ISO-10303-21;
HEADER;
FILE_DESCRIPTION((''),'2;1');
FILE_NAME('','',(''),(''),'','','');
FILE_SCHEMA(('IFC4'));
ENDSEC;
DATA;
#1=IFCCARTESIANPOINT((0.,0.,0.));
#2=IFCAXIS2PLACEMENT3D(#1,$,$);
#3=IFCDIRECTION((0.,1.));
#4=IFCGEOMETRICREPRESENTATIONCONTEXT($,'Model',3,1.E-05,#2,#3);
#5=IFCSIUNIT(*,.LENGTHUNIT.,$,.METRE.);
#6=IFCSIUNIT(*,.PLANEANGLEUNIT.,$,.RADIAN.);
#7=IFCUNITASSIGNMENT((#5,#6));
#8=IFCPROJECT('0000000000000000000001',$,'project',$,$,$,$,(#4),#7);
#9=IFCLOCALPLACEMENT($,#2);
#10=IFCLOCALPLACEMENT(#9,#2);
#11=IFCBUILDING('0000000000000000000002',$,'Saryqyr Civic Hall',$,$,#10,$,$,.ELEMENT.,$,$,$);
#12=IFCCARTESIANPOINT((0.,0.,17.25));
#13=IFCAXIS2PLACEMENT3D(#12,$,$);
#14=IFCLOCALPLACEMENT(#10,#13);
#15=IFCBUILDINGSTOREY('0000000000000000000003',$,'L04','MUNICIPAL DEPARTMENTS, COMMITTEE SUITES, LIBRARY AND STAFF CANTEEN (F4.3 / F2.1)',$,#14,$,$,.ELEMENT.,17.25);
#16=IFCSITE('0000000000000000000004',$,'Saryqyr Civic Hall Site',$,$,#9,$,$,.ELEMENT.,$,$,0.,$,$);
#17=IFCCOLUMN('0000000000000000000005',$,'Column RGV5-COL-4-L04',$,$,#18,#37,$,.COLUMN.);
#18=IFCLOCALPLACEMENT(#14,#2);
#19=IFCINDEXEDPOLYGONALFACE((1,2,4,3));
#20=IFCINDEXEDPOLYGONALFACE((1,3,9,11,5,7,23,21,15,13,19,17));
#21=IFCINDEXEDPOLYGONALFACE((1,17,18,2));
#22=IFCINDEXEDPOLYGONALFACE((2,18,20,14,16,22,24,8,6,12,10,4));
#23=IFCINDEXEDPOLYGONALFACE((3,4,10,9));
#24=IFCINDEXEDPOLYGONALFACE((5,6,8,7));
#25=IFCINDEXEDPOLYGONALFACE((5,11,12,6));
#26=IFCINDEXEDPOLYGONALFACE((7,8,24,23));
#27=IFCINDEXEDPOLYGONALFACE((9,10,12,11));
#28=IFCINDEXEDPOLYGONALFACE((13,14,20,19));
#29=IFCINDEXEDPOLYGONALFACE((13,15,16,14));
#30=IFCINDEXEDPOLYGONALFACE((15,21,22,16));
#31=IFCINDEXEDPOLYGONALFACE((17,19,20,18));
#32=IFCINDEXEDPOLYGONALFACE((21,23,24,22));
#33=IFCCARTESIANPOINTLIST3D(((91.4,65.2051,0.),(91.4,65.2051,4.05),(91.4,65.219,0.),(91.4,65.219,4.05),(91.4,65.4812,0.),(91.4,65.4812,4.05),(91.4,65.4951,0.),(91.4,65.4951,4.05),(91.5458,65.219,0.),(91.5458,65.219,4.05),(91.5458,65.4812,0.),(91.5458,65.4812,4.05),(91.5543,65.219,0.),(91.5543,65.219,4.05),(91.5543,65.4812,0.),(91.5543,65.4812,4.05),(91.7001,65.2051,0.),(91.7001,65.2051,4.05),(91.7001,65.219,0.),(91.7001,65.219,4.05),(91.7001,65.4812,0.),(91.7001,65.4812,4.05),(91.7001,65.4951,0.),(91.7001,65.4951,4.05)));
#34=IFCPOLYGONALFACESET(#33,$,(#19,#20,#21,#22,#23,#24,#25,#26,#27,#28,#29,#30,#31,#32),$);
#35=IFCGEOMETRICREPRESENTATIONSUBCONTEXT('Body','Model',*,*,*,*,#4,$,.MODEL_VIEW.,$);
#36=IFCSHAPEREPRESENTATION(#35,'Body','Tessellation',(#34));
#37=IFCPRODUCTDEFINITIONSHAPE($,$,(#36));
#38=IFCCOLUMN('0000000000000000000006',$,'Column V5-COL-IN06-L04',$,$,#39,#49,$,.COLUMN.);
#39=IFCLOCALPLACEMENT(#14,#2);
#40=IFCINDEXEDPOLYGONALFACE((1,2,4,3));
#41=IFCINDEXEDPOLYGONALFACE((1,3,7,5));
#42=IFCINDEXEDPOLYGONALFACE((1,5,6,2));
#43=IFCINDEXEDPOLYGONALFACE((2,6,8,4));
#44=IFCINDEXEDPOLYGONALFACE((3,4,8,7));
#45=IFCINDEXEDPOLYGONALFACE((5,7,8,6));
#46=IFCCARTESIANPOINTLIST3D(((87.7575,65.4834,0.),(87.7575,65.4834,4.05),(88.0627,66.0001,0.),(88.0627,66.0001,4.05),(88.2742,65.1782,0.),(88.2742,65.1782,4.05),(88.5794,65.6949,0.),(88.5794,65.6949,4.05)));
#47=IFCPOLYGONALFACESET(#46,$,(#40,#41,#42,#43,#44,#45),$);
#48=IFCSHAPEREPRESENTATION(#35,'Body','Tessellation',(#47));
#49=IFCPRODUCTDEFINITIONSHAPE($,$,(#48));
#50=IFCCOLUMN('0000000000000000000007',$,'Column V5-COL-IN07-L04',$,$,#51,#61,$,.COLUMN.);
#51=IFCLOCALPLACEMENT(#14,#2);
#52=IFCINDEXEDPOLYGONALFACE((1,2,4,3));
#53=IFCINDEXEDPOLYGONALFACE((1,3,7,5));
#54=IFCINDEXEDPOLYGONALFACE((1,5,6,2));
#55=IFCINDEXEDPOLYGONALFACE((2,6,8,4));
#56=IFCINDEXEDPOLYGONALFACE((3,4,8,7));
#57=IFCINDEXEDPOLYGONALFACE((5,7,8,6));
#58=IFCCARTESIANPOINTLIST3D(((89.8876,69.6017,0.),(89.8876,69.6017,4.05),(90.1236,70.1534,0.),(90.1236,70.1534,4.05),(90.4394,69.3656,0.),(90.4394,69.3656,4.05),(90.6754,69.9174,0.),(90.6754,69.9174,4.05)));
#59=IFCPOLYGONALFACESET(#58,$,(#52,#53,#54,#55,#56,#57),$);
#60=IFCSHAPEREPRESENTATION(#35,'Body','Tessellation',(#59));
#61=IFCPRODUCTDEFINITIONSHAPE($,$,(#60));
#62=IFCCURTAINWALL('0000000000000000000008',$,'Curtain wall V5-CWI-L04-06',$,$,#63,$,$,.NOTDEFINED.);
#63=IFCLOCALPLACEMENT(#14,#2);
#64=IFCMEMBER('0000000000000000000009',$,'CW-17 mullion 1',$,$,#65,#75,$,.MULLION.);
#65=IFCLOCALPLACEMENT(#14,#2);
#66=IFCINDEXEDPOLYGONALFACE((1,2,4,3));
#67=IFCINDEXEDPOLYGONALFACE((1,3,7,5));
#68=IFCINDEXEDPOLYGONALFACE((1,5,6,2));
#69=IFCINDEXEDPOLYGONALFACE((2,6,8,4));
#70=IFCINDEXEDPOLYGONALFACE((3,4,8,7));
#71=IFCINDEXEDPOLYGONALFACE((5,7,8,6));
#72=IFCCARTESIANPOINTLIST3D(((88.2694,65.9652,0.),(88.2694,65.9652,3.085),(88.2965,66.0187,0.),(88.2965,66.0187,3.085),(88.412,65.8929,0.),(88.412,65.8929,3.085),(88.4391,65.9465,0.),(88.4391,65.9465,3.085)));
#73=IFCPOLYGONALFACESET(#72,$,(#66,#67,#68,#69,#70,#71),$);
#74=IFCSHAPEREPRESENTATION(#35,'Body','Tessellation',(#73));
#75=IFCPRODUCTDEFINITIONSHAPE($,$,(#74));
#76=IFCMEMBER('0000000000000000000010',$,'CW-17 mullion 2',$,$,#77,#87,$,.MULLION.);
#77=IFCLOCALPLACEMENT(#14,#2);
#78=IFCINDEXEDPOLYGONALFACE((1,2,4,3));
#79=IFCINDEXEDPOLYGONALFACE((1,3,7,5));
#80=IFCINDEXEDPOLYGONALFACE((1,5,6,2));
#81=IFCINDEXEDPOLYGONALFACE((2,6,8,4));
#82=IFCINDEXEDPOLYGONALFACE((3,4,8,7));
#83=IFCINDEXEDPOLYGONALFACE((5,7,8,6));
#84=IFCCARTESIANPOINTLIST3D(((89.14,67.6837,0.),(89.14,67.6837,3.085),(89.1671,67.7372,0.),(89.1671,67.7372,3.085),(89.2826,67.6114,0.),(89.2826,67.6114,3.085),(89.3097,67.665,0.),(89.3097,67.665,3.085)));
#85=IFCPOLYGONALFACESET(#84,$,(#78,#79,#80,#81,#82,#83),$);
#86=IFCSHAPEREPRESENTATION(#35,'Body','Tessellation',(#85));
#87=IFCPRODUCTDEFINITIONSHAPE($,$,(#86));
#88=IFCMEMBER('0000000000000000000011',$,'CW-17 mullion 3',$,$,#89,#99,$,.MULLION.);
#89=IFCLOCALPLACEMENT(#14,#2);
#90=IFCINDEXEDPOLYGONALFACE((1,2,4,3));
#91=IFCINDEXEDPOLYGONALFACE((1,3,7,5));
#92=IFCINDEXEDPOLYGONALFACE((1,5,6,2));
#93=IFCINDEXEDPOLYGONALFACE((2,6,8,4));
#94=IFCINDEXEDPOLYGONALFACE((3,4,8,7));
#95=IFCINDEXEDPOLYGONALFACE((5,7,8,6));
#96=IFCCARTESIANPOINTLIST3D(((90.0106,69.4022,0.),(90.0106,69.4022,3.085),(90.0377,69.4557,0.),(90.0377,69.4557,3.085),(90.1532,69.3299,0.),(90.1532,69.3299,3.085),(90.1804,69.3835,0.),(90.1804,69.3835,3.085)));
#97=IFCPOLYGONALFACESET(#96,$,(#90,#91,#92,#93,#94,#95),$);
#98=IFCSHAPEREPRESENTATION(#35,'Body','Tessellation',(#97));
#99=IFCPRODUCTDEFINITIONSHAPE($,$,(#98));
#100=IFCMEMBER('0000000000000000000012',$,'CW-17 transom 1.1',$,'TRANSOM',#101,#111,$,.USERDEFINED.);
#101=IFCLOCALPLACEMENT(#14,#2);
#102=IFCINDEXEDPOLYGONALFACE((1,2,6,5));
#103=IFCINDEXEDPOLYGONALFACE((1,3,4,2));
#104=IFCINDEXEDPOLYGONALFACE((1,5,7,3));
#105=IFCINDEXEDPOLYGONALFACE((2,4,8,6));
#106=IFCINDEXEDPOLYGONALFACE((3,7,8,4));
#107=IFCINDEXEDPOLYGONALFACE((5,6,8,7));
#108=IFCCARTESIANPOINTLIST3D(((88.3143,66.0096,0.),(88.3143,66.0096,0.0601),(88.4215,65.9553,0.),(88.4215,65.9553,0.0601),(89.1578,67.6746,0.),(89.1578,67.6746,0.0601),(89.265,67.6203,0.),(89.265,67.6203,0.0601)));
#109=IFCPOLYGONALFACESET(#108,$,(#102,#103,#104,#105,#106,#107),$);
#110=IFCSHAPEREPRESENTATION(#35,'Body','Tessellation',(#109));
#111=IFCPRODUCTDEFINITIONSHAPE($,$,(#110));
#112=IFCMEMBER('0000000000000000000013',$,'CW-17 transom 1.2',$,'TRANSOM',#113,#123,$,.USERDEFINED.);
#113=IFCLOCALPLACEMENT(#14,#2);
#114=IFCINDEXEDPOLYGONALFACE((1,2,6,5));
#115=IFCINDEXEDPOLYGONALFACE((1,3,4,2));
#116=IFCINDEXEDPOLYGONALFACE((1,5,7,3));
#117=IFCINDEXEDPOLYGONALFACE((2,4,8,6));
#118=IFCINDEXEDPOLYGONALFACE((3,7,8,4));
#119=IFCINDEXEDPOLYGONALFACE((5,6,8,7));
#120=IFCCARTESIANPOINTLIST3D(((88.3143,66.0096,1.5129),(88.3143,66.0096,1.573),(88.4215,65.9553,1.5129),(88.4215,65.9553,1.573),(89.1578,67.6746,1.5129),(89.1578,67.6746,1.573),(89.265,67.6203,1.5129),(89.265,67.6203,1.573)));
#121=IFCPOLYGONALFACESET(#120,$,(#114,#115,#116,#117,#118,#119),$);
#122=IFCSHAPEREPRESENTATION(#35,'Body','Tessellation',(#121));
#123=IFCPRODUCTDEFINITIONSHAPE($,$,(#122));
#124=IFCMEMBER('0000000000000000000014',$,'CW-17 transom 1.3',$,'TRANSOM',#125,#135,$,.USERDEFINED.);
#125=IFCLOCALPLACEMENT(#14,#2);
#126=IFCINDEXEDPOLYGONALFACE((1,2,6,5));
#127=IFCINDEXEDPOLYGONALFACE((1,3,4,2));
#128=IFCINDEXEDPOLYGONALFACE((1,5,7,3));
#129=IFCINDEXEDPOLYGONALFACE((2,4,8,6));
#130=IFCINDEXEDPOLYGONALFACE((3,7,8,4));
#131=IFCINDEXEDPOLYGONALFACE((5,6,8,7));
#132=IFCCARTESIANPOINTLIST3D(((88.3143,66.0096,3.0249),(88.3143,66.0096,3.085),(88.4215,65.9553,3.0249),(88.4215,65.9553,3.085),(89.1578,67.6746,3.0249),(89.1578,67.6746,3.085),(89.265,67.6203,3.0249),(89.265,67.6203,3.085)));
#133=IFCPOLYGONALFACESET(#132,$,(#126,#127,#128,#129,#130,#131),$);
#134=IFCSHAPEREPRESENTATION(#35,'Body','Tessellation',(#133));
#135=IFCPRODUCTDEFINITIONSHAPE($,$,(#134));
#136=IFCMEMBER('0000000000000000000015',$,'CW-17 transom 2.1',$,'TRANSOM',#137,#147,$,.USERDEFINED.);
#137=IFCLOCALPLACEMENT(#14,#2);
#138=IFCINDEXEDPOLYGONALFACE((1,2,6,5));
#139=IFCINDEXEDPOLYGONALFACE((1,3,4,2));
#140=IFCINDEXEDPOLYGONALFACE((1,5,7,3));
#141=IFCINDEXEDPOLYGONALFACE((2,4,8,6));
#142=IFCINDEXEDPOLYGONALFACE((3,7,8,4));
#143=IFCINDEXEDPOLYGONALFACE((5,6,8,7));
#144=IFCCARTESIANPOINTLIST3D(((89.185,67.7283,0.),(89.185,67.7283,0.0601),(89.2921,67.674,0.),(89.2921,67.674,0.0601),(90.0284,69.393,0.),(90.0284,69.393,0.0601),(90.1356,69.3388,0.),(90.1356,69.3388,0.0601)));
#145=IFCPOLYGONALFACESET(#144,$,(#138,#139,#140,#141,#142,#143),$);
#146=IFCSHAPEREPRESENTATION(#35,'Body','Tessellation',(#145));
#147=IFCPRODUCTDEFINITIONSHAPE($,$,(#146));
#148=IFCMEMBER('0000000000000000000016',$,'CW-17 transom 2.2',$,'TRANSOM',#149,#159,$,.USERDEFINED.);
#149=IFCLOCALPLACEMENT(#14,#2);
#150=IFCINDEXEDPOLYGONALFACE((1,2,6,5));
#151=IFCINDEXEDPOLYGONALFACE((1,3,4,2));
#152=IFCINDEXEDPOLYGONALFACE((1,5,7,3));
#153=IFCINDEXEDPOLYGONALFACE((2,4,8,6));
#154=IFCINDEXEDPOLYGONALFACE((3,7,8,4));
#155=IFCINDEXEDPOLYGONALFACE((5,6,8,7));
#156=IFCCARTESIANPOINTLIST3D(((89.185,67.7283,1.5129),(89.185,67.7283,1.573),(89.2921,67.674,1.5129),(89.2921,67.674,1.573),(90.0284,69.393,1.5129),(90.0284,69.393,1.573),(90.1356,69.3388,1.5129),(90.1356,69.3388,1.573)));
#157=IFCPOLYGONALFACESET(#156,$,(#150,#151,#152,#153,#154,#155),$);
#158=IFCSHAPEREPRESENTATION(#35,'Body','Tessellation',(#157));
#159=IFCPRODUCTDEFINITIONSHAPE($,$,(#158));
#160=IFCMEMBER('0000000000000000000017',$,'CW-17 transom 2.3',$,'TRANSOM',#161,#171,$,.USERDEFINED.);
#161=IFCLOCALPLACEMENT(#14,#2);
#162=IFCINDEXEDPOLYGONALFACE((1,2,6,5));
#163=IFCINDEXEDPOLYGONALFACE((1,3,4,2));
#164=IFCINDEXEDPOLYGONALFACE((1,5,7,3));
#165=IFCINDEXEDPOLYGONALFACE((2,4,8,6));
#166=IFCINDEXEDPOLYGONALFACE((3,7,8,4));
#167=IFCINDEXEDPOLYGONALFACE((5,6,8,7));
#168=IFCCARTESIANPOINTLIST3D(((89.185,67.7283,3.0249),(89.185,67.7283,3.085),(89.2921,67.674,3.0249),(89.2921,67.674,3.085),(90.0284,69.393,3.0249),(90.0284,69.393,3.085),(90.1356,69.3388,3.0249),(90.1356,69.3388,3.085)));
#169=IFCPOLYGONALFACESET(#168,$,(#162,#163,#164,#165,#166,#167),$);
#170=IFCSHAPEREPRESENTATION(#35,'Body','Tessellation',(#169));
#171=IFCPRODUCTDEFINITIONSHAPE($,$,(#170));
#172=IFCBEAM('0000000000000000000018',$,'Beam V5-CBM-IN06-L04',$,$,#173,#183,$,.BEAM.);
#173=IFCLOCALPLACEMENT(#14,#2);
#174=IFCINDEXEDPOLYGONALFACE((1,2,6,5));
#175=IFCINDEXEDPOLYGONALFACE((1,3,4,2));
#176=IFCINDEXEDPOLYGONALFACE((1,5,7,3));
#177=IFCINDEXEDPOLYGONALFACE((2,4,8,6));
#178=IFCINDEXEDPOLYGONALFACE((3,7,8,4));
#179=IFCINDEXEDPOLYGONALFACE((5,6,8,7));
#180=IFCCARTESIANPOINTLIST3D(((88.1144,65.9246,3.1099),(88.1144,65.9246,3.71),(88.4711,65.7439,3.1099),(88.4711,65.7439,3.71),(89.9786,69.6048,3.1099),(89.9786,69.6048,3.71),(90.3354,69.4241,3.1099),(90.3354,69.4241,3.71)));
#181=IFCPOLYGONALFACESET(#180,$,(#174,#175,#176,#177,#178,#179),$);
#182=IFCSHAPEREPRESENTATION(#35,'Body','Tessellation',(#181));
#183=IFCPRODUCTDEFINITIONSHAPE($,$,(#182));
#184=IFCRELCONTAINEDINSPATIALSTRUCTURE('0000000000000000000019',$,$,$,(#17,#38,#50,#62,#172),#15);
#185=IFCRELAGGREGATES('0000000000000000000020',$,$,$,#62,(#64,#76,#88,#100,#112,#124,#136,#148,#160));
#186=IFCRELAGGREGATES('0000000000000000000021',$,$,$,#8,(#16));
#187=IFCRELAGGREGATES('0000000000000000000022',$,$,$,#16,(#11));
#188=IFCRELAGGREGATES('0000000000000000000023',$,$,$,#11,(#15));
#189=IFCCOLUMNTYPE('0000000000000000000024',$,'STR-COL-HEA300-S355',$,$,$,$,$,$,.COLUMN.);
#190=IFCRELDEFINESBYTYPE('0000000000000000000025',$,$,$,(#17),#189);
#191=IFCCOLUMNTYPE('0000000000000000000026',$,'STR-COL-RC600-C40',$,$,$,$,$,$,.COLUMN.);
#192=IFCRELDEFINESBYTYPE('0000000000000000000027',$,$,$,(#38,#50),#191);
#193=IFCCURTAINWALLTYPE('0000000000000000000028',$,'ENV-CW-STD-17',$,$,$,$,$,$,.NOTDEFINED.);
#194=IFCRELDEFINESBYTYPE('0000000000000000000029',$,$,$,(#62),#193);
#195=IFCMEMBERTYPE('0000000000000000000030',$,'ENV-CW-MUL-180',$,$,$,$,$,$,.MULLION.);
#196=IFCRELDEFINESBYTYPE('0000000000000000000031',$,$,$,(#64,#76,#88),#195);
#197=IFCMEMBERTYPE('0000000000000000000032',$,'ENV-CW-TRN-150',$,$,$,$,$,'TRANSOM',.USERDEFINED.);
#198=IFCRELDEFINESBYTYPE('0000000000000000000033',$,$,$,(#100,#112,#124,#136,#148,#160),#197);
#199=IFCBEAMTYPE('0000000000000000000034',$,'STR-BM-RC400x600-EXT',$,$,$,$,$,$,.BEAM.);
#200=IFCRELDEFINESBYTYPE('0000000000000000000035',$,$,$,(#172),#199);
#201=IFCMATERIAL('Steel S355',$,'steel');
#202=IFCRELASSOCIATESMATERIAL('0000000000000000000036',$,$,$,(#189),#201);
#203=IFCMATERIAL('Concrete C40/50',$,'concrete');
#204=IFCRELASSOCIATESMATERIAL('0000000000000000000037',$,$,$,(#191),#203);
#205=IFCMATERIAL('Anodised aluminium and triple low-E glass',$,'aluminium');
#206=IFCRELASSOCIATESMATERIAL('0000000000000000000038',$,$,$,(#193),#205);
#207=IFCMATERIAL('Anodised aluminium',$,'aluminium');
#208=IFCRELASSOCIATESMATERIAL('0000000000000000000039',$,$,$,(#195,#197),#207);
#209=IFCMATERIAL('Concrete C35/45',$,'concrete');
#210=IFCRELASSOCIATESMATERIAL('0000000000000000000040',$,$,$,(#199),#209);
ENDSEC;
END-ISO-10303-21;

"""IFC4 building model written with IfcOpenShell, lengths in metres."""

from ifc_helpers import new_model, si_unit, direction, frame, origin, origin_2d, place, context, subcontext, project, spatial, rectangle, i_section, extrude, material, material_profile, profile_set, type_object, element, aggregate, save


model = new_model("IFC4")

# Units and contexts
model_context = context("Model", 3, precision=1e-05, world=origin(), true_north=direction((0.0, 1.0)))
body_context = subcontext(model_context, "Body", "Model", "MODEL_VIEW")
ifc_project = project(units=[si_unit("LENGTHUNIT", "METRE"), si_unit("PLANEANGLEUNIT", "RADIAN")], contexts=[model_context])

# Site, building, storey
site_placement = place(None, origin())
site = spatial("IfcSite", under=ifc_project, at=site_placement, Name="Saryqyr Civic Hall Site", CompositionType="ELEMENT", RefElevation=0.0)
building_placement = place(site_placement, origin())
building = spatial("IfcBuilding", under=site, at=building_placement, Name="Saryqyr Civic Hall", CompositionType="ELEMENT")
storey_placement = place(building_placement, frame((0.0, 0.0, 17.25)))
storey = spatial("IfcBuildingStorey", under=building, at=storey_placement, Name="L04", Description="MUNICIPAL DEPARTMENTS, COMMITTEE SUITES, LIBRARY AND STAFF CANTEEN (F4.3 / F2.1)", CompositionType="ELEMENT", Elevation=17.25)

# Columns
ifc_material_1 = material(Name="Steel S355", Category="steel")
ifc_material_profile_1 = material_profile(ifc_material_1, i_section(OverallWidth=0.3, OverallDepth=0.29, WebThickness=0.0085, FlangeThickness=0.0139, at=origin_2d()), Name="HEA 300")
ifc_profile_set_1 = profile_set([ifc_material_profile_1], Name="Steel S355")
column_type_1 = type_object("IfcColumnType", Name="STR-COL-HEA300-S355", PredefinedType="COLUMN", material=ifc_profile_set_1)
column_placement = place(storey_placement, frame((91.55, 65.3501, 0.0), z_axis=(0.0, 0.0, 1.0), x_axis=(1.0, 0.0, 0.0)))
element("IfcColumn", 1, at=column_placement, inside=storey, type_object=column_type_1, Name="Column RGV5-COL-4-L04", PredefinedType="COLUMN", context=body_context, shape_type="SweptSolid", body=[
    extrude(i_section(OverallWidth=0.3, OverallDepth=0.29, WebThickness=0.0085, FlangeThickness=0.0139, at=origin_2d()), origin(), (0.0, 0.0, 1.0), 4.05),
])
ifc_material_2 = material(Name="Concrete C40/50", Category="concrete")
ifc_material_profile_2 = material_profile(ifc_material_2, rectangle(XDim=0.6001, YDim=0.6001, at=origin_2d()), Name="RC 600x600")
ifc_profile_set_2 = profile_set([ifc_material_profile_2], Name="Concrete C40/50")
column_type_2 = type_object("IfcColumnType", Name="STR-COL-RC600-C40", PredefinedType="COLUMN", material=ifc_profile_set_2)
for number, where, z_axis, x_axis, name in (
    (2, (88.1685, 65.5891, 0.0), (0.0, 0.0, 1.0), (0.861008, -0.508591, 0.0), "Column V5-COL-IN06-L04"),
    (3, (90.2815, 69.7595, 0.0), (0.0, 0.0, 1.0), (0.91941, -0.3933, 0.0), "Column V5-COL-IN07-L04"),
):
    element("IfcColumn", number, at=place(storey_placement, frame(where, z_axis=z_axis, x_axis=x_axis)), inside=storey, type_object=column_type_2, Name=name, PredefinedType="COLUMN", context=body_context, shape_type="SweptSolid", body=[
        extrude(rectangle(XDim=0.6001, YDim=0.6001, at=origin_2d()), origin(), (0.0, 0.0, 1.0), 4.05),
    ])

# Curtain wall, members
ifc_material_3 = material(Name="Anodised aluminium and triple low-E glass", Category="aluminium")
curtain_wall_type = type_object("IfcCurtainWallType", Name="ENV-CW-STD-17", PredefinedType="NOTDEFINED", material=ifc_material_3)
curtain_wall_placement = place(storey_placement, origin())
curtain_wall = element("IfcCurtainWall", 4, at=curtain_wall_placement, inside=storey, type_object=curtain_wall_type, Name="Curtain wall V5-CWI-L04-06", PredefinedType="NOTDEFINED")
ifc_material_4 = material(Name="Anodised aluminium", Category="aluminium")
ifc_material_profile_3 = material_profile(ifc_material_4, rectangle(XDim=0.0601, YDim=0.1599, at=origin_2d()), Name="ALU MULLION 60x160")
ifc_profile_set_3 = profile_set([ifc_material_profile_3], Name="Anodised aluminium")
member_type_1 = type_object("IfcMemberType", Name="ENV-CW-MUL-180", PredefinedType="MULLION", material=ifc_profile_set_3)
member_1_placement = place(storey_placement, frame((88.3542, 65.9558, 0.0), z_axis=(0.0, 0.0, 1.0), x_axis=(0.45191, 0.892064, 0.0)))
member_1 = element("IfcMember", 5, at=member_1_placement, type_object=member_type_1, Name="CW-17 mullion 1", PredefinedType="MULLION", context=body_context, shape_type="SweptSolid", body=[
    extrude(rectangle(XDim=0.0601, YDim=0.1599, at=origin_2d()), origin(), (0.0, 0.0, 1.0), 3.085),
])
member_2_placement = place(storey_placement, frame((89.2249, 67.6743, 0.0), z_axis=(0.0, 0.0, 1.0), x_axis=(0.45191, 0.892064, 0.0)))
member_2 = element("IfcMember", 6, at=member_2_placement, type_object=member_type_1, Name="CW-17 mullion 2", PredefinedType="MULLION", context=body_context, shape_type="SweptSolid", body=[
    extrude(rectangle(XDim=0.0601, YDim=0.1599, at=origin_2d()), origin(), (0.0, 0.0, 1.0), 3.085),
])
member_3_placement = place(storey_placement, frame((90.0955, 69.3928, 0.0), z_axis=(0.0, 0.0, 1.0), x_axis=(0.45191, 0.892064, 0.0)))
member_3 = element("IfcMember", 7, at=member_3_placement, type_object=member_type_1, Name="CW-17 mullion 3", PredefinedType="MULLION", context=body_context, shape_type="SweptSolid", body=[
    extrude(rectangle(XDim=0.0601, YDim=0.1599, at=origin_2d()), origin(), (0.0, 0.0, 1.0), 3.085),
])
ifc_material_profile_4 = material_profile(ifc_material_4, rectangle(XDim=0.1201, YDim=0.0601, at=origin_2d()), Name="ALU TRANSOM 120x60")
ifc_profile_set_4 = profile_set([ifc_material_profile_4], Name="Anodised aluminium")
member_type_2 = type_object("IfcMemberType", Name="ENV-CW-TRN-150", ElementType="TRANSOM", PredefinedType="USERDEFINED", material=ifc_profile_set_4)
member_4_placement = place(storey_placement, frame((88.3679, 65.9824, 0.03), z_axis=(0.451916, 0.89206, 0.0), x_axis=(-0.89206, 0.451916, 0.0)))
member_4 = element("IfcMember", 8, at=member_4_placement, type_object=member_type_2, Name="CW-17 transom 1.1", ObjectType="TRANSOM", PredefinedType="USERDEFINED", context=body_context, shape_type="SweptSolid", body=[
    extrude(rectangle(XDim=0.1201, YDim=0.0601, at=origin_2d()), origin(), (0.0, 0.0, 1.0), 1.8665),
])
member_5_placement = place(storey_placement, frame((88.3679, 65.9824, 1.543), z_axis=(0.451916, 0.89206, 0.0), x_axis=(-0.89206, 0.451916, 0.0)))
member_5 = element("IfcMember", 9, at=member_5_placement, type_object=member_type_2, Name="CW-17 transom 1.2", ObjectType="TRANSOM", PredefinedType="USERDEFINED", context=body_context, shape_type="SweptSolid", body=[
    extrude(rectangle(XDim=0.1201, YDim=0.0601, at=origin_2d()), origin(), (0.0, 0.0, 1.0), 1.8665),
])
member_6_placement = place(storey_placement, frame((88.3679, 65.9824, 3.0549), z_axis=(0.451916, 0.89206, 0.0), x_axis=(-0.89206, 0.451916, 0.0)))
member_6 = element("IfcMember", 10, at=member_6_placement, type_object=member_type_2, Name="CW-17 transom 1.3", ObjectType="TRANSOM", PredefinedType="USERDEFINED", context=body_context, shape_type="SweptSolid", body=[
    extrude(rectangle(XDim=0.1201, YDim=0.0601, at=origin_2d()), origin(), (0.0, 0.0, 1.0), 1.8665),
])
member_7_placement = place(storey_placement, frame((89.2385, 67.7012, 0.03), z_axis=(0.451969, 0.892034, 0.0), x_axis=(-0.892034, 0.451969, 0.0)))
member_7 = element("IfcMember", 11, at=member_7_placement, type_object=member_type_2, Name="CW-17 transom 2.1", ObjectType="TRANSOM", PredefinedType="USERDEFINED", context=body_context, shape_type="SweptSolid", body=[
    extrude(rectangle(XDim=0.1201, YDim=0.0601, at=origin_2d()), origin(), (0.0, 0.0, 1.0), 1.8662),
])
member_8_placement = place(storey_placement, frame((89.2385, 67.7012, 1.543), z_axis=(0.451969, 0.892034, 0.0), x_axis=(-0.892034, 0.451969, 0.0)))
member_8 = element("IfcMember", 12, at=member_8_placement, type_object=member_type_2, Name="CW-17 transom 2.2", ObjectType="TRANSOM", PredefinedType="USERDEFINED", context=body_context, shape_type="SweptSolid", body=[
    extrude(rectangle(XDim=0.1201, YDim=0.0601, at=origin_2d()), origin(), (0.0, 0.0, 1.0), 1.8662),
])
member_9_placement = place(storey_placement, frame((89.2385, 67.7012, 3.0549), z_axis=(0.451969, 0.892034, 0.0), x_axis=(-0.892034, 0.451969, 0.0)))
member_9 = element("IfcMember", 13, at=member_9_placement, type_object=member_type_2, Name="CW-17 transom 2.3", ObjectType="TRANSOM", PredefinedType="USERDEFINED", context=body_context, shape_type="SweptSolid", body=[
    extrude(rectangle(XDim=0.1201, YDim=0.0601, at=origin_2d()), origin(), (0.0, 0.0, 1.0), 1.8662),
])

# Beam
ifc_material_5 = material(Name="Concrete C35/45", Category="concrete")
ifc_material_profile_5 = material_profile(ifc_material_5, rectangle(XDim=0.3999, YDim=0.6001, at=origin_2d()), Name="RC 400x600")
ifc_profile_set_5 = profile_set([ifc_material_profile_5], Name="Concrete C35/45")
beam_type_1 = type_object("IfcBeamType", Name="STR-BM-RC400x600-EXT", PredefinedType="BEAM", material=ifc_profile_set_5)
for number, where, z_axis, x_axis, name in (
    (14, (88.2927, 65.8342, 3.4099), (0.451894, 0.892071, 0.0), (-0.892071, 0.451894, 0.0), "Beam V5-CBM-IN06-L04"),
):
    element("IfcBeam", number, at=place(storey_placement, frame(where, z_axis=z_axis, x_axis=x_axis)), inside=storey, type_object=beam_type_1, Name=name, PredefinedType="BEAM", context=body_context, shape_type="SweptSolid", body=[
        extrude(rectangle(XDim=0.3999, YDim=0.6001, at=origin_2d()), origin(), (0.0, 0.0, 1.0), 4.1255),
    ])

aggregate(curtain_wall, [member_1, member_2, member_3, member_4, member_5, member_6, member_7, member_8, member_9])

save(model, "model.ifc")
